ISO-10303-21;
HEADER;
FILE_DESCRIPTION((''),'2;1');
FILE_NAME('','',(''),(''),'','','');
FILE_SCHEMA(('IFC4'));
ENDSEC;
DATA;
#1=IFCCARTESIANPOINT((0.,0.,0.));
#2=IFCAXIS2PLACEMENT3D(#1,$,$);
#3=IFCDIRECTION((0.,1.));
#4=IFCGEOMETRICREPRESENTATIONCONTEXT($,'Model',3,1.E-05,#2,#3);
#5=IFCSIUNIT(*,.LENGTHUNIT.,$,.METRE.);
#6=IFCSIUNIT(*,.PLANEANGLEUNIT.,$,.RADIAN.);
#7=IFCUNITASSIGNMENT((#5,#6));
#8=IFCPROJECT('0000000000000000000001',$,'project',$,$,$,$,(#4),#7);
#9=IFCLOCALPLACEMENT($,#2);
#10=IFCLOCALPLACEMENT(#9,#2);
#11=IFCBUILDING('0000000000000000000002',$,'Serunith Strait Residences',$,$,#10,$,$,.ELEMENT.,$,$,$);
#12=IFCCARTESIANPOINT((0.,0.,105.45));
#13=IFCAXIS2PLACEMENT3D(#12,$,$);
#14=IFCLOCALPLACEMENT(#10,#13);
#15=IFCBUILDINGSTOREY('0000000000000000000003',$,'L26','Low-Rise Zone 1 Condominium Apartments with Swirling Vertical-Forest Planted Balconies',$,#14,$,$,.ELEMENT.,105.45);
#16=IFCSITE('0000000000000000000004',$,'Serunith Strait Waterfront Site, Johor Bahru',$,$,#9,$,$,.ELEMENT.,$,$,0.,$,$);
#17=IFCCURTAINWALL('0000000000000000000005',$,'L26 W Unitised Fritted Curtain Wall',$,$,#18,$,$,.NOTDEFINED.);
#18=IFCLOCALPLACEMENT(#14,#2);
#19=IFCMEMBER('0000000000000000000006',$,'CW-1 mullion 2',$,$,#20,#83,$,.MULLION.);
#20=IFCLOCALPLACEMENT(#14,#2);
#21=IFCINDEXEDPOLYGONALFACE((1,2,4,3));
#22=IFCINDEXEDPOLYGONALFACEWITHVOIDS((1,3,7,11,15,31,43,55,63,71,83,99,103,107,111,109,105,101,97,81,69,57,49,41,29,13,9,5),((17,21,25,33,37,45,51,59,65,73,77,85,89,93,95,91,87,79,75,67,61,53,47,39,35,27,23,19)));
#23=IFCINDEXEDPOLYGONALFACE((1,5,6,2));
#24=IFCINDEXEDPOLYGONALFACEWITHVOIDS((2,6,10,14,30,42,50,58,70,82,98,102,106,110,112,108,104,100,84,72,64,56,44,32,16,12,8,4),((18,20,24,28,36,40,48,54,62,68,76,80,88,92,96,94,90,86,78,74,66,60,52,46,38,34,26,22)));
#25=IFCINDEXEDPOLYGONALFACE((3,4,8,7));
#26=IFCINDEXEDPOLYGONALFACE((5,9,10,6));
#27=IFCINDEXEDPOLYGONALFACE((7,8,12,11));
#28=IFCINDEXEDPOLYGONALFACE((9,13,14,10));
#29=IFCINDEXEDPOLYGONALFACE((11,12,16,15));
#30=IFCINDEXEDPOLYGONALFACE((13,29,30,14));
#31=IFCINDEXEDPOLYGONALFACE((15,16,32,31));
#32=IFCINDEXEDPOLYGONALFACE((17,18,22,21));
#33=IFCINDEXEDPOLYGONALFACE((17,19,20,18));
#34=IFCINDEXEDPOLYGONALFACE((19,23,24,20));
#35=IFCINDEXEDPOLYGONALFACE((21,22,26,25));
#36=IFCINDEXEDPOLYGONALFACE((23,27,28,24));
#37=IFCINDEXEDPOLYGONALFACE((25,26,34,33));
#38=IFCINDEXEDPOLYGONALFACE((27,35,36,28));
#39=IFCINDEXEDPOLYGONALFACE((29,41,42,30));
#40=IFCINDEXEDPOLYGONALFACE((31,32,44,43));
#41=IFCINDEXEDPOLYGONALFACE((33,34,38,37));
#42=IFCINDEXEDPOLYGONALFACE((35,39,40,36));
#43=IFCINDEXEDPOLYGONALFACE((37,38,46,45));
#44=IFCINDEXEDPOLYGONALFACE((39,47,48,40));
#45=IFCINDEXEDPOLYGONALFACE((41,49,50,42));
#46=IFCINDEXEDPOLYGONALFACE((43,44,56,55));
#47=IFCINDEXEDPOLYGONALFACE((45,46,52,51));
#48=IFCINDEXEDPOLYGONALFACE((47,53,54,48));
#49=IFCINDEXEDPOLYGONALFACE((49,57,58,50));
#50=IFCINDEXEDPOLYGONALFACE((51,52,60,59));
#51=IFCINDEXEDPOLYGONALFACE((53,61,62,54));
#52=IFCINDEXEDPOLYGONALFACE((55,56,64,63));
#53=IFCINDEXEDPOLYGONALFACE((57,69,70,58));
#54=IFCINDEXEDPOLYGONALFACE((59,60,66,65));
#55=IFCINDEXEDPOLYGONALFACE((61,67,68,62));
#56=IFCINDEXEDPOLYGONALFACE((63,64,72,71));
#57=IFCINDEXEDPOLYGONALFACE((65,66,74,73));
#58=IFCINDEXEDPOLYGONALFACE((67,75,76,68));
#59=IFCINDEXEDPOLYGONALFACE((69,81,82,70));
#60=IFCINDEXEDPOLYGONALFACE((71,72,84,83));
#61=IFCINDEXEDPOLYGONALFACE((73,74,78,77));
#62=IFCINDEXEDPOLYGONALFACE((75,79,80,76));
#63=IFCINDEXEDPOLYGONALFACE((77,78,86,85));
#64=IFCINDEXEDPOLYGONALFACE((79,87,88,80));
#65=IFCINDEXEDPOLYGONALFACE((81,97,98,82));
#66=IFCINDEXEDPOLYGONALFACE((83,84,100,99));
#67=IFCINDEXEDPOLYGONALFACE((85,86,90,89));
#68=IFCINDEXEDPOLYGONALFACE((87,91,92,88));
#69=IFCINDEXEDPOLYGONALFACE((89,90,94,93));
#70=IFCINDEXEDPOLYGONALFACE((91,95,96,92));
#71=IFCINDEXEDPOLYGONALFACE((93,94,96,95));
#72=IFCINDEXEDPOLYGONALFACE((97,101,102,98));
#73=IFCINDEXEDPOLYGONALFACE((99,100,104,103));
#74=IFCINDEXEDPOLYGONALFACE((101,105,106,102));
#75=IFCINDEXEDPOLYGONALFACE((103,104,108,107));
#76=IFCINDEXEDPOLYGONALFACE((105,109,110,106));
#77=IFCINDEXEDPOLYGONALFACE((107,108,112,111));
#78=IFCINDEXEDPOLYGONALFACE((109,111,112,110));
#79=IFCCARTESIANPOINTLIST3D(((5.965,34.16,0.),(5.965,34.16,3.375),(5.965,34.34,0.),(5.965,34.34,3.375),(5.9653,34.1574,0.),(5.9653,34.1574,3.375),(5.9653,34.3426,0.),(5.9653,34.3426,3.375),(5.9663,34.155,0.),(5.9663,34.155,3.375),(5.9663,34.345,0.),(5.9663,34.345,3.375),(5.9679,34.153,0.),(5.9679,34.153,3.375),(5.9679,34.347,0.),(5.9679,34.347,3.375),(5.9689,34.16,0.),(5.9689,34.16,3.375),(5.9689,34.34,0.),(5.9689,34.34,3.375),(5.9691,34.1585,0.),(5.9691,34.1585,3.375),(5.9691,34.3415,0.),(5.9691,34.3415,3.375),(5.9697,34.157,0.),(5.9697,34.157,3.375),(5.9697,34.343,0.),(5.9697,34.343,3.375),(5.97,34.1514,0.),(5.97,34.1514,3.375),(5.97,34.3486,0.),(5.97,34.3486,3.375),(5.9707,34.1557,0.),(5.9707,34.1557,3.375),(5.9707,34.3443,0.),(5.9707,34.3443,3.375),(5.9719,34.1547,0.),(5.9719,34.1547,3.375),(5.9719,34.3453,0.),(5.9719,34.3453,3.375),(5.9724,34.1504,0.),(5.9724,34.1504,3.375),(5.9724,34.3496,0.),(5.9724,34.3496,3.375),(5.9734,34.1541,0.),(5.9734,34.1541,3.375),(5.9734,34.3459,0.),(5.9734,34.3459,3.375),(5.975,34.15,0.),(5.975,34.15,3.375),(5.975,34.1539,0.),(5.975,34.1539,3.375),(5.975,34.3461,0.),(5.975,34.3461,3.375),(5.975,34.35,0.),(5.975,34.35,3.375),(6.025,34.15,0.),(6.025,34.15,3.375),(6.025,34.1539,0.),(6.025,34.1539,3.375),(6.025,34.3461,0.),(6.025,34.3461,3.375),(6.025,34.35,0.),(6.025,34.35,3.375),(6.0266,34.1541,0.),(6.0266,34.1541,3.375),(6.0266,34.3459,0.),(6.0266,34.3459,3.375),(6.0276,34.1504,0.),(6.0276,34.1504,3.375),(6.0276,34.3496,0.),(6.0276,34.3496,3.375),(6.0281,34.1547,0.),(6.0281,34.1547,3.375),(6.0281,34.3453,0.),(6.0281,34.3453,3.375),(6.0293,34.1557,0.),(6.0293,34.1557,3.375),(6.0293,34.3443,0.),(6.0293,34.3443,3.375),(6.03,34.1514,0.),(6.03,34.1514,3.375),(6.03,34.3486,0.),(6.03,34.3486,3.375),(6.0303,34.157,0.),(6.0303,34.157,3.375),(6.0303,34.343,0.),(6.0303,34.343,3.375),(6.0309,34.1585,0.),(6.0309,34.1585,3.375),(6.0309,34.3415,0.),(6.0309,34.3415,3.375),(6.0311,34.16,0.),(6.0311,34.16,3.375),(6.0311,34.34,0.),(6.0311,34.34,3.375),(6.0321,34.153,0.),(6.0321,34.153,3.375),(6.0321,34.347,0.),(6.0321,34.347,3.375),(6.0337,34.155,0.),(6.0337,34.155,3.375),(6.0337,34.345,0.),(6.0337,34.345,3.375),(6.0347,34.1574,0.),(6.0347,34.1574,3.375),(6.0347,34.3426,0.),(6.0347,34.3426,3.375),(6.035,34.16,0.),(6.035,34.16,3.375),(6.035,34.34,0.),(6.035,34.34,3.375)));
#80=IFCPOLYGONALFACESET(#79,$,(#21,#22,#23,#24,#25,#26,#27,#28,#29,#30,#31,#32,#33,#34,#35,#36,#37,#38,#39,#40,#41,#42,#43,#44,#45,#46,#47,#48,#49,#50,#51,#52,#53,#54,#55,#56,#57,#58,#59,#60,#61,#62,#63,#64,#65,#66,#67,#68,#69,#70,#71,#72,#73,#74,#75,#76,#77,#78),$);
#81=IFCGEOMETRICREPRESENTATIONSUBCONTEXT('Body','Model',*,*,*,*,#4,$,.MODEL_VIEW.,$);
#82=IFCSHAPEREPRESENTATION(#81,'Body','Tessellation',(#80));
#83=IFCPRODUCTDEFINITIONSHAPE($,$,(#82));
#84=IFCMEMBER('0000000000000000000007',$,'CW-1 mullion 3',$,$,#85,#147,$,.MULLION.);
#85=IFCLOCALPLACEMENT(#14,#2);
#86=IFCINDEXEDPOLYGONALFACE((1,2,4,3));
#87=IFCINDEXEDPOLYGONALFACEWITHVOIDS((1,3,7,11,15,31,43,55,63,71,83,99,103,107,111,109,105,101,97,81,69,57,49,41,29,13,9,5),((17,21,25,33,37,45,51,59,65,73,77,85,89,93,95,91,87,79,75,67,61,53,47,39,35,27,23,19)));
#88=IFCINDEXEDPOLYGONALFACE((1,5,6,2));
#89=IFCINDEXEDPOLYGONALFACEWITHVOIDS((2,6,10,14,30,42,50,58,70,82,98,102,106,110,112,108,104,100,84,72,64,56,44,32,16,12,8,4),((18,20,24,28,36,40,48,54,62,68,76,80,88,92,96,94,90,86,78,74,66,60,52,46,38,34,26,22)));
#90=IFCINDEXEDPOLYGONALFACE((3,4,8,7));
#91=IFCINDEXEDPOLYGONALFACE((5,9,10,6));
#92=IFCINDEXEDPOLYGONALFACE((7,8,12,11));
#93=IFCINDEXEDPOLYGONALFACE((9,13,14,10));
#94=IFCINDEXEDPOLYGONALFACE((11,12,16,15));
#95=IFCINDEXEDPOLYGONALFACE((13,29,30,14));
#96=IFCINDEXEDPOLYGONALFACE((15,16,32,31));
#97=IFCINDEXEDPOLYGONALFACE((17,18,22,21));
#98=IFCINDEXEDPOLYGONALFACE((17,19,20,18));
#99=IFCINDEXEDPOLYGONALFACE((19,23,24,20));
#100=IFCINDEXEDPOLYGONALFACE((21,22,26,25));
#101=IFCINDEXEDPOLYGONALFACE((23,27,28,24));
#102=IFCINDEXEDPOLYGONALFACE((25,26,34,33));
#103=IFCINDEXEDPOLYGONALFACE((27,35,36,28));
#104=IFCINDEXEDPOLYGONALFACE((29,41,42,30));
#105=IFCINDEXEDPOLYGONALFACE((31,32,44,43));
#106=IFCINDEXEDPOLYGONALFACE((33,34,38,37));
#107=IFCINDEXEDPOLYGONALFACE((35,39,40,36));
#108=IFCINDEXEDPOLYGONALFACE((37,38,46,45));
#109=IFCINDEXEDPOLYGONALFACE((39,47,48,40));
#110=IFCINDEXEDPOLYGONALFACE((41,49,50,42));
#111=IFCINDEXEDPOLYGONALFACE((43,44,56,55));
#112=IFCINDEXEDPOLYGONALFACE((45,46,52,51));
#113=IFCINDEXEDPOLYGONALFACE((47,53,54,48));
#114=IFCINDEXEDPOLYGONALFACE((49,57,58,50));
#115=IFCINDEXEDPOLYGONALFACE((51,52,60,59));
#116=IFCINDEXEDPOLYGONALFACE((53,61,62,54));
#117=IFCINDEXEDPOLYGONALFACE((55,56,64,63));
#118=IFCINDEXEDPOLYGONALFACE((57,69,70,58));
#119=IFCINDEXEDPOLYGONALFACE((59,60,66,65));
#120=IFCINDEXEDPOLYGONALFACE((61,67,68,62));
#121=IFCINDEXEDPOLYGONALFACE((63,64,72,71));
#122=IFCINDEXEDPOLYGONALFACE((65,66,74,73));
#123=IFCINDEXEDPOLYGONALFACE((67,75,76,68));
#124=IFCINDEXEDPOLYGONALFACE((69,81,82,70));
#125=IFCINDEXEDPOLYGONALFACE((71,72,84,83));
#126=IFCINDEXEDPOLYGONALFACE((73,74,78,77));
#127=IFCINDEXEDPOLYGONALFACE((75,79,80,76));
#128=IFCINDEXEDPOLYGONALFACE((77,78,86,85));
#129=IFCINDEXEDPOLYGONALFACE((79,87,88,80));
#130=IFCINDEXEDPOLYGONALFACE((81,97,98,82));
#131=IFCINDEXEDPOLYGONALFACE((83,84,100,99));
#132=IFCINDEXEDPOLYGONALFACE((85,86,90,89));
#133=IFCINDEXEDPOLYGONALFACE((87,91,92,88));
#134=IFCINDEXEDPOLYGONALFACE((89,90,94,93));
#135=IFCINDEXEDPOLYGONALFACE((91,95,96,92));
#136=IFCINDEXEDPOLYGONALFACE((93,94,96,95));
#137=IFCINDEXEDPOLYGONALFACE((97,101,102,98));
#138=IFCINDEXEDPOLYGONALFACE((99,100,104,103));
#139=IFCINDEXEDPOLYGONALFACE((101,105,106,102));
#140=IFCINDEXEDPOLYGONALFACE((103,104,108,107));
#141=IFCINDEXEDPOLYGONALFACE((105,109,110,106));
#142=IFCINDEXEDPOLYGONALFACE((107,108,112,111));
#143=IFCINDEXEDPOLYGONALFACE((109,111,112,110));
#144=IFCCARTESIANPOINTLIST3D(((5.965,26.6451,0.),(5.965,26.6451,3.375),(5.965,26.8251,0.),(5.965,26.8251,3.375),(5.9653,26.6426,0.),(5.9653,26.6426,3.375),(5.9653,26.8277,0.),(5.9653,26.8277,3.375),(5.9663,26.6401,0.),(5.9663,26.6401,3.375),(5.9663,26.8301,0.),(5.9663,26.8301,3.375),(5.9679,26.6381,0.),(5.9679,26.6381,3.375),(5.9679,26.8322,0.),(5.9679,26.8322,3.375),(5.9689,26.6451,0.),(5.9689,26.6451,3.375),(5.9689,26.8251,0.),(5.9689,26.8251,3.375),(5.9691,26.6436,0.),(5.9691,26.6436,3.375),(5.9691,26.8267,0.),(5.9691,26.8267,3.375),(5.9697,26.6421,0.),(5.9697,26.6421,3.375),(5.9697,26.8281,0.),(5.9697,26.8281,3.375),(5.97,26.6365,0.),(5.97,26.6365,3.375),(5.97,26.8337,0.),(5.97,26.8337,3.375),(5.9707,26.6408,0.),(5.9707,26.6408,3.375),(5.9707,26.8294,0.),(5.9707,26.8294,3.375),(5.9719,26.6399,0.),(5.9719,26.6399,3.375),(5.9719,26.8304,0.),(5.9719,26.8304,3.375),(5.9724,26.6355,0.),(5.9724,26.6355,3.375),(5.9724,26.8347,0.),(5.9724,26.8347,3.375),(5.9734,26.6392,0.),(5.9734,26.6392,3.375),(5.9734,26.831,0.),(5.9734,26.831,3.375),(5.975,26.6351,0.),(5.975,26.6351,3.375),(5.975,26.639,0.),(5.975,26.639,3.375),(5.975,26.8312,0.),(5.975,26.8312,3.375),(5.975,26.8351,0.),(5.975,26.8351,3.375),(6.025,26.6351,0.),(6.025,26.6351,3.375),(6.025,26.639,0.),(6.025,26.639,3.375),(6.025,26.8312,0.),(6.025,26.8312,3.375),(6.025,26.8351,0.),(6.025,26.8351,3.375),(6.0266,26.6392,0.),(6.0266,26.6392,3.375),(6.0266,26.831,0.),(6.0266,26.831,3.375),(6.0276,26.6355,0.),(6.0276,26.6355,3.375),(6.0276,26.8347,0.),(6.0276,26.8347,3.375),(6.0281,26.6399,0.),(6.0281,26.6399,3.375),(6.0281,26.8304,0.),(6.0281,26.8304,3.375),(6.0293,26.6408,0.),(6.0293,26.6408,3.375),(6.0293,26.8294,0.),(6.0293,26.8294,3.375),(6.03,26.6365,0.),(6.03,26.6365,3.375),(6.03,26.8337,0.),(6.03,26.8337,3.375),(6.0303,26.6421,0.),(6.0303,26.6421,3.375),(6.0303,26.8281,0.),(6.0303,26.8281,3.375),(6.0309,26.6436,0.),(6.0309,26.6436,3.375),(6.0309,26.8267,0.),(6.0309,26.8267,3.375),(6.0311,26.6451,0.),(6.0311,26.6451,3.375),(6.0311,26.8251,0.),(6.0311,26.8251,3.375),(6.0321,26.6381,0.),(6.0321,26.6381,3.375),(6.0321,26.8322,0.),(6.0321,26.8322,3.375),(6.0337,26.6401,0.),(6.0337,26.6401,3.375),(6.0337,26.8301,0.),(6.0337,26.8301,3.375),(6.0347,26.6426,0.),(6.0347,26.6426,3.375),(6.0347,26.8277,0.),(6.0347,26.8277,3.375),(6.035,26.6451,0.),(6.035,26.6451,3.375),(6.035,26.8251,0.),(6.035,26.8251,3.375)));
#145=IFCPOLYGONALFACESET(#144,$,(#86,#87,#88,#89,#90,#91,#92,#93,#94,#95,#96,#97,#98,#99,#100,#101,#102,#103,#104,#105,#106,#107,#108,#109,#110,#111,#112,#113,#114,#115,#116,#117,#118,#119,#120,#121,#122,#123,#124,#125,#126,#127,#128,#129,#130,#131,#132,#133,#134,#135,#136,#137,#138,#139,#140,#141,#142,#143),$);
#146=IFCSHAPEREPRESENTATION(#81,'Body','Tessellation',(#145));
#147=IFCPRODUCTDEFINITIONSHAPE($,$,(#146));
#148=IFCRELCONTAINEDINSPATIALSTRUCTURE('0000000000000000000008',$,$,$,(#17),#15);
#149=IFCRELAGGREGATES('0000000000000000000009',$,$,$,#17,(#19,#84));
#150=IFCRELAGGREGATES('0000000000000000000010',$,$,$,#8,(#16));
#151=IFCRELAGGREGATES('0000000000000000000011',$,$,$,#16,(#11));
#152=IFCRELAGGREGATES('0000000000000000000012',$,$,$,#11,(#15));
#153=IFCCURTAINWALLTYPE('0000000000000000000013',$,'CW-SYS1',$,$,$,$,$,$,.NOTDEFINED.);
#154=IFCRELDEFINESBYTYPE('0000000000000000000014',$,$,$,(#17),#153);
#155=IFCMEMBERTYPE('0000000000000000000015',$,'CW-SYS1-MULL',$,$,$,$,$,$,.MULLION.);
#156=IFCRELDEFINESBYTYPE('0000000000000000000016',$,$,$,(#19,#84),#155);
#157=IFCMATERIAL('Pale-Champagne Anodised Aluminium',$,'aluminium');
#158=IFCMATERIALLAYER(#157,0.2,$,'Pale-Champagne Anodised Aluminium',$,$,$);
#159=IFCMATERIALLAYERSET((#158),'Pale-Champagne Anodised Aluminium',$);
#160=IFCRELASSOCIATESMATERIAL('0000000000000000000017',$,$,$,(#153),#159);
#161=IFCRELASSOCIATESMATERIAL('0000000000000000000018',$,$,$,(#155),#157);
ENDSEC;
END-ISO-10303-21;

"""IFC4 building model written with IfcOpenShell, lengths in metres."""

from ifc_helpers import new_model, si_unit, direction, frame, origin, origin_2d, place, context, subcontext, project, spatial, hollow_rectangle, extrude, source, transform, mapped, material, layer, layer_set, material_profile, profile_set, type_object, element, aggregate, save


model = new_model("IFC4")

# Units and contexts
model_context = context("Model", 3, precision=1e-05, world=origin(), true_north=direction((0.0, 1.0)))
body_context = subcontext(model_context, "Body", "Model", "MODEL_VIEW")
ifc_project = project(units=[si_unit("LENGTHUNIT", "METRE"), si_unit("PLANEANGLEUNIT", "RADIAN")], contexts=[model_context])

# Site, building, storey
site_placement = place(None, origin())
site = spatial("IfcSite", under=ifc_project, at=site_placement, Name="Serunith Strait Waterfront Site, Johor Bahru", CompositionType="ELEMENT", RefElevation=0.0)
building_placement = place(site_placement, origin())
building = spatial("IfcBuilding", under=site, at=building_placement, Name="Serunith Strait Residences", CompositionType="ELEMENT")
storey_placement = place(building_placement, frame((0.0, 0.0, 105.45)))
storey = spatial("IfcBuildingStorey", under=building, at=storey_placement, Name="L26", Description="Low-Rise Zone 1 Condominium Apartments with Swirling Vertical-Forest Planted Balconies", CompositionType="ELEMENT", Elevation=105.45)

# Curtain wall, members
ifc_material_1 = material(Name="Pale-Champagne Anodised Aluminium", Category="aluminium")
ifc_layer_1 = layer(ifc_material_1, 0.2, Name="Pale-Champagne Anodised Aluminium")
ifc_layer_set_1 = layer_set([ifc_layer_1], Name="Pale-Champagne Anodised Aluminium")
curtain_wall_type = type_object("IfcCurtainWallType", Name="CW-SYS1", PredefinedType="NOTDEFINED", material=ifc_layer_set_1)
curtain_wall_1_placement = place(storey_placement, origin())
curtain_wall_1 = element("IfcCurtainWall", 1, at=curtain_wall_1_placement, inside=storey, type_object=curtain_wall_type, Name="L26 W Unitised Fritted Curtain Wall", PredefinedType="NOTDEFINED")
ifc_material_profile_1 = material_profile(ifc_material_1, hollow_rectangle(XDim=0.0701, YDim=0.2, WallThickness=0.0039, InnerFilletRadius=0.0061, OuterFilletRadius=0.01, at=origin_2d()), Name="ALU 200x70x4")
ifc_profile_set_1 = profile_set([ifc_material_profile_1], Name="Pale-Champagne Anodised Aluminium")
member_type_1 = type_object("IfcMemberType", Name="CW-SYS1-MULL", PredefinedType="MULLION", material=ifc_profile_set_1)
shared_shape_1 = source(origin(), body_context, "Body", "SweptSolid", [
    extrude(hollow_rectangle(XDim=0.0701, YDim=0.2, WallThickness=0.0039, InnerFilletRadius=0.0061, OuterFilletRadius=0.01, at=origin_2d()), origin(), (0.0, 0.0, 1.0), 3.375),
])
member_1_placement = place(storey_placement, frame((6.0, 34.25, 0.0), z_axis=(0.0, 0.0, 1.0), x_axis=(1.0, 0.0, 0.0)))
member_1 = element("IfcMember", 2, at=member_1_placement, type_object=member_type_1, Name="CW-1 mullion 2", PredefinedType="MULLION", context=body_context, shape_type="MappedRepresentation", body=[
    mapped(shared_shape_1, transform((0.0, 0.0, 0.0), scale=1.0)),
])
member_2_placement = place(storey_placement, frame((6.0, 26.7351, 0.0), z_axis=(0.0, 0.0, 1.0), x_axis=(1.0, 0.0, 0.0)))
member_2 = element("IfcMember", 3, at=member_2_placement, type_object=member_type_1, Name="CW-1 mullion 3", PredefinedType="MULLION", context=body_context, shape_type="MappedRepresentation", body=[
    mapped(shared_shape_1, transform((0.0, 0.0, 0.0), scale=1.0)),
])

aggregate(curtain_wall_1, [member_1, member_2])

save(model, "model.ifc")
